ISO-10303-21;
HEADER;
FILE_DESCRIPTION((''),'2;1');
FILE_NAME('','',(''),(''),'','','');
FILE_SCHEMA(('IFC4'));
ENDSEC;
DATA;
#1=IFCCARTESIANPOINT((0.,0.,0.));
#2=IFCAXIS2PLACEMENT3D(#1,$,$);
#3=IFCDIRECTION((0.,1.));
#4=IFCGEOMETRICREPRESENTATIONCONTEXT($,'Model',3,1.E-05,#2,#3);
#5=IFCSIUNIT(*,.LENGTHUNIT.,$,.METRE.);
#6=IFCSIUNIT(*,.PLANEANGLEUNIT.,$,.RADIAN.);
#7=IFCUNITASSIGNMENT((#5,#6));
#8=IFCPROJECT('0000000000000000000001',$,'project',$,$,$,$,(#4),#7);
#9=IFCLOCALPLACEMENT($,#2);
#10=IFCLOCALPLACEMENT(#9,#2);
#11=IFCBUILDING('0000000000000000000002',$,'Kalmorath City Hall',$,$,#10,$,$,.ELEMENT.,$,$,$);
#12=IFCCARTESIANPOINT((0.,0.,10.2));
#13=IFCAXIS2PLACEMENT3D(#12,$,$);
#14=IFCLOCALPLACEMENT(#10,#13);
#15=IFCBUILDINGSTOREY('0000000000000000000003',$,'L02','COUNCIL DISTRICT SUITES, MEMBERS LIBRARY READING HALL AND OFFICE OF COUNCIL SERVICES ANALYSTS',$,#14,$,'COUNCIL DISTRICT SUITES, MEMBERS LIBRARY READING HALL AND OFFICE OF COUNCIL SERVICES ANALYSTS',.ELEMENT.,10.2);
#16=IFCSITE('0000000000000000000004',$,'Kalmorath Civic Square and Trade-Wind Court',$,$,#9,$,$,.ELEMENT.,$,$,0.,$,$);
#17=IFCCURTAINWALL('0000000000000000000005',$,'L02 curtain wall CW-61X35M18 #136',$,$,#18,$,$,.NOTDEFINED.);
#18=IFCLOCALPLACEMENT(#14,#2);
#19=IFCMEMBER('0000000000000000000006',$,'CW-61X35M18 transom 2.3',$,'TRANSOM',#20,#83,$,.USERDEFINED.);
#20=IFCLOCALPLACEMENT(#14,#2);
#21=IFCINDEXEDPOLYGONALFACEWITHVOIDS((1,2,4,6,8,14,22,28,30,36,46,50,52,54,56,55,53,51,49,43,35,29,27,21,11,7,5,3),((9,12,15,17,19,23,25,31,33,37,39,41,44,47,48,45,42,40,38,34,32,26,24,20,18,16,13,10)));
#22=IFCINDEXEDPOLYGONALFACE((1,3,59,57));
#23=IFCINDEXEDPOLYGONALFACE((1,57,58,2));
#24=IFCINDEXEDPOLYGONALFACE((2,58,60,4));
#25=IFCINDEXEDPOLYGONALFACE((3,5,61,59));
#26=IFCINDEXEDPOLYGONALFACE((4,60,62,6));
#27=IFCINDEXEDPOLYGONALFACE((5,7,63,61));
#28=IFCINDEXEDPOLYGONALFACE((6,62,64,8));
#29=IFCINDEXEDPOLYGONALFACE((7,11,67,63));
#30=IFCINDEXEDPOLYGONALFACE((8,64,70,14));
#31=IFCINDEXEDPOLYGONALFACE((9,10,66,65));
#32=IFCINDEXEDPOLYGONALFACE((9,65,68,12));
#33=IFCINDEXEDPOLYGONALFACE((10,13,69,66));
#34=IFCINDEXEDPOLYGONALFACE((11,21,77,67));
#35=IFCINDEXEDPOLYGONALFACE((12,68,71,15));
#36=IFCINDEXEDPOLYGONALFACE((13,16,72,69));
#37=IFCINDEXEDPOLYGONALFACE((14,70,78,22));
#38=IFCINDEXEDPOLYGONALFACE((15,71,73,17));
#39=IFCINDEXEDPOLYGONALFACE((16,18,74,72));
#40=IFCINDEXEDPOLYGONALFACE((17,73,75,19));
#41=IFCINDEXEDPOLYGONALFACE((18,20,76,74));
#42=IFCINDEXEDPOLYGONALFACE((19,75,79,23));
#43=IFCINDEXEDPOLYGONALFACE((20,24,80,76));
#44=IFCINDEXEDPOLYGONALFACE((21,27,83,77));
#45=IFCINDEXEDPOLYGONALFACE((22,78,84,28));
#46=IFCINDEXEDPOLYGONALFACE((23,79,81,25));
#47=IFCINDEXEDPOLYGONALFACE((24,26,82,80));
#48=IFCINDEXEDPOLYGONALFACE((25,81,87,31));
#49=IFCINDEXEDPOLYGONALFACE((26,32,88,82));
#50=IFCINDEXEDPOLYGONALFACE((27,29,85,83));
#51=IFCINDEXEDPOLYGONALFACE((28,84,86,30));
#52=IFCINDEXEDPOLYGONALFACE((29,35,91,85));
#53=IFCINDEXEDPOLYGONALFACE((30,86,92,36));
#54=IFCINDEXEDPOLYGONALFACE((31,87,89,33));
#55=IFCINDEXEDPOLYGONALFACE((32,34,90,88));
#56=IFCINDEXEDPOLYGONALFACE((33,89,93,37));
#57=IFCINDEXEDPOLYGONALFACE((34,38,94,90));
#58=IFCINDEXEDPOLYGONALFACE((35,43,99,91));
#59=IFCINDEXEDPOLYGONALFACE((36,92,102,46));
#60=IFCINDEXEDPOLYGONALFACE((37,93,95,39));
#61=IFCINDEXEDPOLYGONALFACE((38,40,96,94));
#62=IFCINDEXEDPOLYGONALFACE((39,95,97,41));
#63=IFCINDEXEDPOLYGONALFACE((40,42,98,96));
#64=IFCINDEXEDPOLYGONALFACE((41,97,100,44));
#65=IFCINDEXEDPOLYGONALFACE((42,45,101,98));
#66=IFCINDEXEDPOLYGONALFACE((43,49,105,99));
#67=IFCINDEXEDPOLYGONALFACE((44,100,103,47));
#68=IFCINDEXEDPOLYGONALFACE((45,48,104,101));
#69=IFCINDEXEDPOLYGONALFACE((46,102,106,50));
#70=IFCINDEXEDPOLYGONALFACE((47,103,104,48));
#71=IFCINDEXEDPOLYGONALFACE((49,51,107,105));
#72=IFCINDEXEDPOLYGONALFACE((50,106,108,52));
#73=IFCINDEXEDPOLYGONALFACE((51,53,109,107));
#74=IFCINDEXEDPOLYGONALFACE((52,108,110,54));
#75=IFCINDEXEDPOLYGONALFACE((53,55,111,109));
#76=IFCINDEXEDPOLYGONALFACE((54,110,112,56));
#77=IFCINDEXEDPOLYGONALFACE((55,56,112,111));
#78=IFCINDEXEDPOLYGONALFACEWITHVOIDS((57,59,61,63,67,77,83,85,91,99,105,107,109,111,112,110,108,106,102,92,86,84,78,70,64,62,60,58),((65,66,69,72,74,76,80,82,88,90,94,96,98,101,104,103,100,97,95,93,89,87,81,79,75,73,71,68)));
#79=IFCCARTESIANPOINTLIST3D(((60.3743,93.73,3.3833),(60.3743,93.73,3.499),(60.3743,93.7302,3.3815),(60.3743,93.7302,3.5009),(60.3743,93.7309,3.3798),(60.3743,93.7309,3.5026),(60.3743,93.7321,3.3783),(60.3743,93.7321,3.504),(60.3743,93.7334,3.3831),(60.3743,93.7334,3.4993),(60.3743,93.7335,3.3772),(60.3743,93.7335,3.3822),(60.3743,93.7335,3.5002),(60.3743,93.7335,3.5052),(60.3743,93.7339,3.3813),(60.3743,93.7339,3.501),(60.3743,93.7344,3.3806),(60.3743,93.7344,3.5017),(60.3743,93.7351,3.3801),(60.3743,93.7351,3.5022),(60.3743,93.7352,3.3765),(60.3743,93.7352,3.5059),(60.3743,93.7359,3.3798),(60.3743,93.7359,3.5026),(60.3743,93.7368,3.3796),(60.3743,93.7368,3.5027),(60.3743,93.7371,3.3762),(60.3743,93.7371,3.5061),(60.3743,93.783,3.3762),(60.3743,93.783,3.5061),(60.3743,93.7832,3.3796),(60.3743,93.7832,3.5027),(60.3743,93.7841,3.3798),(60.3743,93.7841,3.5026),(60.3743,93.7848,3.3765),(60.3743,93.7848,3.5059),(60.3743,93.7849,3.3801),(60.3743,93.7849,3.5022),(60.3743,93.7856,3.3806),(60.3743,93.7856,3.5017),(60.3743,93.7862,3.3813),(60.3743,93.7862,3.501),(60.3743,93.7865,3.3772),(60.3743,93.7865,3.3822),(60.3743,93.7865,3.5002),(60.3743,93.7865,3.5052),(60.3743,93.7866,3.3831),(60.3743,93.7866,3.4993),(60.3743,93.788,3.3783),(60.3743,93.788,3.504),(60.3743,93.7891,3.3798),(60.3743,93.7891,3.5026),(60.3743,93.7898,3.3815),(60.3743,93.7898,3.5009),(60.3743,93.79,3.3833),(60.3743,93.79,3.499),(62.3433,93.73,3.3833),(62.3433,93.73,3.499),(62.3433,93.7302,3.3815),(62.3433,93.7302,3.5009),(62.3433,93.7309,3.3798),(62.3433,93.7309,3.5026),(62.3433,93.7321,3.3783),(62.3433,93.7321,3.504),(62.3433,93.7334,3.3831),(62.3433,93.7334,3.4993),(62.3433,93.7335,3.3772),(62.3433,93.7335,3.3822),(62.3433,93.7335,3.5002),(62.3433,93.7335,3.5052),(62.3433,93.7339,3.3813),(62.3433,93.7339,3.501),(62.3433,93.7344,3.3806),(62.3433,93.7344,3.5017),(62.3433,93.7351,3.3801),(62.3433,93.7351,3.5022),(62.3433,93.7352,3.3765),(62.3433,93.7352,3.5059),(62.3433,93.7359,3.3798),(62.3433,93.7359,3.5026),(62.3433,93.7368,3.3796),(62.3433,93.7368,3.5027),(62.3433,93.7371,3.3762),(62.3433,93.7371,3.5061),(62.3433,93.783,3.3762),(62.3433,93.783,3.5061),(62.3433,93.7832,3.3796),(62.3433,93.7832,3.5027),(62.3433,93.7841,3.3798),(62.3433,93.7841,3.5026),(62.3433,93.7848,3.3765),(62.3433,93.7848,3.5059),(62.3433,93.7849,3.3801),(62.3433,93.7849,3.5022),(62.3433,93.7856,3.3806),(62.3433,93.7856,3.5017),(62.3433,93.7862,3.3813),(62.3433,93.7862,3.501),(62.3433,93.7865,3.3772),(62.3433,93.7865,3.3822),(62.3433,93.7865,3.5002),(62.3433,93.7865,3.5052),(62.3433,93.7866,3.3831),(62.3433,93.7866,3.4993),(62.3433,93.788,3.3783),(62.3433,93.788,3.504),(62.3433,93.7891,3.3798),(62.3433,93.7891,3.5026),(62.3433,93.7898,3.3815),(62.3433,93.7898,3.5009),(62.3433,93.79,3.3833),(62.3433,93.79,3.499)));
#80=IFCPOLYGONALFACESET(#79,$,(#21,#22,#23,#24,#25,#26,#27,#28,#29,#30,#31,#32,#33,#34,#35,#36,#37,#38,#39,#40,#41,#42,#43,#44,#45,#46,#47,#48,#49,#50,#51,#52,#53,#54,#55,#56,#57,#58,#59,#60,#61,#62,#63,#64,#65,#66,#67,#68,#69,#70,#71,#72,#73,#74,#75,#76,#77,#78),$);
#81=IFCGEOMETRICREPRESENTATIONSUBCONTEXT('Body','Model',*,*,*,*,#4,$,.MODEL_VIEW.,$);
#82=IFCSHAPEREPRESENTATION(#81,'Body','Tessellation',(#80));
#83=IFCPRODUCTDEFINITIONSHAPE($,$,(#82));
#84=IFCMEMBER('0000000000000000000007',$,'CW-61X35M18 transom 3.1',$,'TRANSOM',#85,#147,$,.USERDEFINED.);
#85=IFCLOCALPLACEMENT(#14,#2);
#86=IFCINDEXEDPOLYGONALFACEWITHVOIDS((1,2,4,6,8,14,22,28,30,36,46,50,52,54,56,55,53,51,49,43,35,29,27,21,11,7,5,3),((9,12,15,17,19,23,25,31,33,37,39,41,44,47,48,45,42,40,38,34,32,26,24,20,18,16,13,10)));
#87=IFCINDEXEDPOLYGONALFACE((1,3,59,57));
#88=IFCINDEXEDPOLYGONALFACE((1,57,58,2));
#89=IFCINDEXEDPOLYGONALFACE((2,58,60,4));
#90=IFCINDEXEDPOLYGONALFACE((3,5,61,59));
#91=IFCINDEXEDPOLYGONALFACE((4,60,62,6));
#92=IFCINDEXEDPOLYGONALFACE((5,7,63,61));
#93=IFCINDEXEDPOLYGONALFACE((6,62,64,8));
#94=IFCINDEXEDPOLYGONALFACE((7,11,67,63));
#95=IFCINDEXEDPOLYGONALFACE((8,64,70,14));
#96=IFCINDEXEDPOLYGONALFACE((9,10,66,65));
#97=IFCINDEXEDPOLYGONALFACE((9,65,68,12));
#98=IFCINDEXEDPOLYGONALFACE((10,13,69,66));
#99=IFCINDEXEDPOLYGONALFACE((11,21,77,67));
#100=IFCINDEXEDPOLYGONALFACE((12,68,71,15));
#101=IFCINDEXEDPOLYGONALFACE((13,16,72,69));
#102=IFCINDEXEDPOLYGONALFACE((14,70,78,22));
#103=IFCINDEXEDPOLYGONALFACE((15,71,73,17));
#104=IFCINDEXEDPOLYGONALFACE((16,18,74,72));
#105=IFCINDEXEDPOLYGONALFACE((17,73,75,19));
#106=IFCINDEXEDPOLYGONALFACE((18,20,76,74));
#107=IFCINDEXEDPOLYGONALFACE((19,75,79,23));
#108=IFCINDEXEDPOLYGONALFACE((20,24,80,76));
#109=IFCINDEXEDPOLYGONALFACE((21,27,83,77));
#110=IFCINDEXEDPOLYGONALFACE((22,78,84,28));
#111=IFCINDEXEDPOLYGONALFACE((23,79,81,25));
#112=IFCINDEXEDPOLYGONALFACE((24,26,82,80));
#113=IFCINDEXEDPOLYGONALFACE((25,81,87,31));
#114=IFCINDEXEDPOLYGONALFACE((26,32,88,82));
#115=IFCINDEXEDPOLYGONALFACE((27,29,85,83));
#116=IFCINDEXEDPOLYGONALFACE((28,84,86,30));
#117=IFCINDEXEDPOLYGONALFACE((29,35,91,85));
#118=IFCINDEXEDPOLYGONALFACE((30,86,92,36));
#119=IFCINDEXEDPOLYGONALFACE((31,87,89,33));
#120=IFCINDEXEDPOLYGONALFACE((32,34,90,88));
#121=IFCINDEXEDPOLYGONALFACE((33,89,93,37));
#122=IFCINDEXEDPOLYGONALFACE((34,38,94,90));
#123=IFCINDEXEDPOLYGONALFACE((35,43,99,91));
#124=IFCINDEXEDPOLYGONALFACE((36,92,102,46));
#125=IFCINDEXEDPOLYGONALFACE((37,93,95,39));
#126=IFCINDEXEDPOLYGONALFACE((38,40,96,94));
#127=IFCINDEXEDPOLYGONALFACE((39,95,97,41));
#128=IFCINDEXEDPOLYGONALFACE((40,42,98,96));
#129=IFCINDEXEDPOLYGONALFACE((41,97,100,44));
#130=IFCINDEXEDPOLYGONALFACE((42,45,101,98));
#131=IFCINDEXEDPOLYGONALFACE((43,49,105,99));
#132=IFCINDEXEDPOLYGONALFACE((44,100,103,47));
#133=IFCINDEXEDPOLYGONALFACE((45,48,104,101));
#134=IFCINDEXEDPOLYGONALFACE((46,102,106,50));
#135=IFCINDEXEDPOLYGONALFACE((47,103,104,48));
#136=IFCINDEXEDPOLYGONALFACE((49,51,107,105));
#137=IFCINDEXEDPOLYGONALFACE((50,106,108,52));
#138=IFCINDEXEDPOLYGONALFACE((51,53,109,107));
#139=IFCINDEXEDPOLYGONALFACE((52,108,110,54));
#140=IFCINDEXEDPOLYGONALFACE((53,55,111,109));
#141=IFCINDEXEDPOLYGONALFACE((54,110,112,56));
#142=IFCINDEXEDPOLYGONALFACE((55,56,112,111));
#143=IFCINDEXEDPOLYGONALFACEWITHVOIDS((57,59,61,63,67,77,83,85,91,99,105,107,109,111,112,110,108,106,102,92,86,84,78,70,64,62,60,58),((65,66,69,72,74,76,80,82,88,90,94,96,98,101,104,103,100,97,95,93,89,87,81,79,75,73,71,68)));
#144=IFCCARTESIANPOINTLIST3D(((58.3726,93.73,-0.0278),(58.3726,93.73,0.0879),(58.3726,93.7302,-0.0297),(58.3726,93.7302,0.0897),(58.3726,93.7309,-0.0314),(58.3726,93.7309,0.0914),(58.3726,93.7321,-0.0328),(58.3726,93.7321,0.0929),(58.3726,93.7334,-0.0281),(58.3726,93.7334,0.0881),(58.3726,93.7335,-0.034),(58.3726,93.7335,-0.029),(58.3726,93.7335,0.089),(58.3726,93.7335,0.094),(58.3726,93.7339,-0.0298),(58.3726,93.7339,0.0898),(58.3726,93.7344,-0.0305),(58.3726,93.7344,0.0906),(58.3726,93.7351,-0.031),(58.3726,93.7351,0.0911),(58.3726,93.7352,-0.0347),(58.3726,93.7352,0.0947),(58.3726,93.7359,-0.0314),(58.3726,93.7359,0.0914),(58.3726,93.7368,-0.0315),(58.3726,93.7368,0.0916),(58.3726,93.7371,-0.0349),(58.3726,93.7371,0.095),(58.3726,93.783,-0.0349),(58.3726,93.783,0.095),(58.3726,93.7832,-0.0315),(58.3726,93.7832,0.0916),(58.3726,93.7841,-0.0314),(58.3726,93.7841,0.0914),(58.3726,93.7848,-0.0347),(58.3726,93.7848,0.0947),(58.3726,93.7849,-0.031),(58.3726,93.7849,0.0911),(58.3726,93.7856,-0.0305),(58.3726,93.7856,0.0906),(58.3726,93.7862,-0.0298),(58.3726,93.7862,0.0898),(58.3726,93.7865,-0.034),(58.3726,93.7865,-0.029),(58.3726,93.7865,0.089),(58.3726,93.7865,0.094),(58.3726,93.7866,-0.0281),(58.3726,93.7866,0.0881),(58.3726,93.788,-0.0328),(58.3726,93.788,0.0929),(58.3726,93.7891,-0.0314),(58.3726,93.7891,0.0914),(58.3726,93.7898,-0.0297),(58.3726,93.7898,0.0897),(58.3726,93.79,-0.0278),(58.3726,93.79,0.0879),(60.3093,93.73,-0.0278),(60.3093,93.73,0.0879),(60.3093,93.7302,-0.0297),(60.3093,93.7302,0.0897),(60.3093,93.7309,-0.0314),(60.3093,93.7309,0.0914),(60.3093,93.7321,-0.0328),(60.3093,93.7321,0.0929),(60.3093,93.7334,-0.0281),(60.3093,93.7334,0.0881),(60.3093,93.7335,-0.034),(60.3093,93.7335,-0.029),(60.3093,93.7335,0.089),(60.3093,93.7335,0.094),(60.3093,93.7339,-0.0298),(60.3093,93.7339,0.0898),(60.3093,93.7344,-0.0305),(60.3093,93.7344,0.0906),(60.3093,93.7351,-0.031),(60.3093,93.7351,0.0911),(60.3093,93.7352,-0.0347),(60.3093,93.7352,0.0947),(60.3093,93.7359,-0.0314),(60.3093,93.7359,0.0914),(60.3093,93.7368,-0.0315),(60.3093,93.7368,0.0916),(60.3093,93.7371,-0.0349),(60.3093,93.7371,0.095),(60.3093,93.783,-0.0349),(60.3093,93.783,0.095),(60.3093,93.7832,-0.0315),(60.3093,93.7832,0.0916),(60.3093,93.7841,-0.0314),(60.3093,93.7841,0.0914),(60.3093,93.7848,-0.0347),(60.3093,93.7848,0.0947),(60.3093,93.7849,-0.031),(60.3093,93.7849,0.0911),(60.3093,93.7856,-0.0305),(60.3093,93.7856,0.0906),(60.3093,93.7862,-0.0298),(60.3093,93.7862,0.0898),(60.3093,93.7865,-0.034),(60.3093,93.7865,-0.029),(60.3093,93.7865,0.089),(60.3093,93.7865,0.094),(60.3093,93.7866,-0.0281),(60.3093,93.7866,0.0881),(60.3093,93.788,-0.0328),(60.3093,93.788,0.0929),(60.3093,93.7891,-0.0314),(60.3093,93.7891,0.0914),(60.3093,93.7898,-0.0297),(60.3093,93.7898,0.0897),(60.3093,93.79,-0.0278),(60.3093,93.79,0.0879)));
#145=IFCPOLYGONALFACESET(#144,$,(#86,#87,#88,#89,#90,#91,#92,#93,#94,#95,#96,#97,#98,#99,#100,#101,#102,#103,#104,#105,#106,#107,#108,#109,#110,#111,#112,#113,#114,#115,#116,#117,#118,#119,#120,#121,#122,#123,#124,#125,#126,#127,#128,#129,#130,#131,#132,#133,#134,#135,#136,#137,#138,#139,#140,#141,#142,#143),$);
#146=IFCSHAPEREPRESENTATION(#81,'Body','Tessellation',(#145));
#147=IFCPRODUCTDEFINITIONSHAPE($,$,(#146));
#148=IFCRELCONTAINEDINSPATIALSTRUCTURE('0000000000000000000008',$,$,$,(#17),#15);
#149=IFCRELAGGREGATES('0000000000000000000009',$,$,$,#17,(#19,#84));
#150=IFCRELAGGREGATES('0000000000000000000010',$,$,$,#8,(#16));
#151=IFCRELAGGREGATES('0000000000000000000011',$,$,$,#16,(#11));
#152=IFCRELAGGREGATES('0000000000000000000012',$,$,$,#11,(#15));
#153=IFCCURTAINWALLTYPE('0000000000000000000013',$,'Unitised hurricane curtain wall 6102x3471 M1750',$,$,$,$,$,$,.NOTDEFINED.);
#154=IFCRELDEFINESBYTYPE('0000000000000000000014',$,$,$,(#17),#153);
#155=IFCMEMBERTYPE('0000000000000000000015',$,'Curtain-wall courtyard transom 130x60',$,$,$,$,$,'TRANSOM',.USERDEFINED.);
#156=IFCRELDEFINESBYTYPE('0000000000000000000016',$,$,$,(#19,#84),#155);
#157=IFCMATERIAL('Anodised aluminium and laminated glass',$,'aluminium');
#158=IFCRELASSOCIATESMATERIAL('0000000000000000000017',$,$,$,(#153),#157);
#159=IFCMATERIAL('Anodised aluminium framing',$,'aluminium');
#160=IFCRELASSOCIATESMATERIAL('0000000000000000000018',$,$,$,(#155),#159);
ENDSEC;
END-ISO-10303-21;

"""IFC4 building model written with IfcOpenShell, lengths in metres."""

from ifc_helpers import new_model, si_unit, direction, frame, origin, origin_2d, place, context, subcontext, project, spatial, hollow_rectangle, extrude, material, material_profile, profile_set, type_object, element, aggregate, save


model = new_model("IFC4")

# Units and contexts
model_context = context("Model", 3, precision=1e-05, world=origin(), true_north=direction((0.0, 1.0)))
body_context = subcontext(model_context, "Body", "Model", "MODEL_VIEW")
ifc_project = project(units=[si_unit("LENGTHUNIT", "METRE"), si_unit("PLANEANGLEUNIT", "RADIAN")], contexts=[model_context])

# Site, building, storey
site_placement = place(None, origin())
site = spatial("IfcSite", under=ifc_project, at=site_placement, Name="Kalmorath Civic Square and Trade-Wind Court", CompositionType="ELEMENT", RefElevation=0.0)
building_placement = place(site_placement, origin())
building = spatial("IfcBuilding", under=site, at=building_placement, Name="Kalmorath City Hall", CompositionType="ELEMENT")
storey_placement = place(building_placement, frame((0.0, 0.0, 10.2)))
storey = spatial("IfcBuildingStorey", under=building, at=storey_placement, Name="L02", Description="COUNCIL DISTRICT SUITES, MEMBERS LIBRARY READING HALL AND OFFICE OF COUNCIL SERVICES ANALYSTS", LongName="COUNCIL DISTRICT SUITES, MEMBERS LIBRARY READING HALL AND OFFICE OF COUNCIL SERVICES ANALYSTS", CompositionType="ELEMENT", Elevation=10.2)

# Curtain wall
ifc_material_1 = material(Name="Anodised aluminium and laminated glass", Category="aluminium")
curtain_wall_type_1 = type_object("IfcCurtainWallType", Name="Unitised hurricane curtain wall 6102x3471 M1750", PredefinedType="NOTDEFINED", material=ifc_material_1)
curtain_wall_1_placement = place(storey_placement, origin())
curtain_wall_1 = element("IfcCurtainWall", 1, at=curtain_wall_1_placement, inside=storey, type_object=curtain_wall_type_1, Name="L02 curtain wall CW-61X35M18 #136", PredefinedType="NOTDEFINED")

# Members
ifc_material_2 = material(Name="Anodised aluminium framing", Category="aluminium")
ifc_material_profile_1 = material_profile(ifc_material_2, hollow_rectangle(XDim=0.0601, YDim=0.1299, WallThickness=0.0034, InnerFilletRadius=0.0034, OuterFilletRadius=0.0071, at=origin_2d()), Name="ALU-TRN-130X60X3.5")
ifc_profile_set_1 = profile_set([ifc_material_profile_1], Name="Anodised aluminium framing")
member_type_1 = type_object("IfcMemberType", Name="Curtain-wall courtyard transom 130x60", ElementType="TRANSOM", PredefinedType="USERDEFINED", material=ifc_profile_set_1)
member_1_placement = place(storey_placement, frame((62.3433, 93.76, 3.4412), z_axis=(-1.0, 0.0, 0.0), x_axis=(0.0, -1.0, 0.0)))
member_1 = element("IfcMember", 2, at=member_1_placement, type_object=member_type_1, Name="CW-61X35M18 transom 2.3", ObjectType="TRANSOM", PredefinedType="USERDEFINED", context=body_context, shape_type="SweptSolid", body=[
    extrude(hollow_rectangle(XDim=0.0601, YDim=0.1299, WallThickness=0.0034, InnerFilletRadius=0.0034, OuterFilletRadius=0.0071, at=origin_2d()), origin(), (0.0, 0.0, 1.0), 1.969),
])
member_2_placement = place(storey_placement, frame((60.3093, 93.76, 0.03), z_axis=(-1.0, 0.0, 0.0), x_axis=(0.0, -1.0, 0.0)))
member_2 = element("IfcMember", 3, at=member_2_placement, type_object=member_type_1, Name="CW-61X35M18 transom 3.1", ObjectType="TRANSOM", PredefinedType="USERDEFINED", context=body_context, shape_type="SweptSolid", body=[
    extrude(hollow_rectangle(XDim=0.0601, YDim=0.1299, WallThickness=0.0034, InnerFilletRadius=0.0034, OuterFilletRadius=0.0071, at=origin_2d()), origin(), (0.0, 0.0, 1.0), 1.9368),
])

aggregate(curtain_wall_1, [member_1, member_2])

save(model, "model.ifc")
